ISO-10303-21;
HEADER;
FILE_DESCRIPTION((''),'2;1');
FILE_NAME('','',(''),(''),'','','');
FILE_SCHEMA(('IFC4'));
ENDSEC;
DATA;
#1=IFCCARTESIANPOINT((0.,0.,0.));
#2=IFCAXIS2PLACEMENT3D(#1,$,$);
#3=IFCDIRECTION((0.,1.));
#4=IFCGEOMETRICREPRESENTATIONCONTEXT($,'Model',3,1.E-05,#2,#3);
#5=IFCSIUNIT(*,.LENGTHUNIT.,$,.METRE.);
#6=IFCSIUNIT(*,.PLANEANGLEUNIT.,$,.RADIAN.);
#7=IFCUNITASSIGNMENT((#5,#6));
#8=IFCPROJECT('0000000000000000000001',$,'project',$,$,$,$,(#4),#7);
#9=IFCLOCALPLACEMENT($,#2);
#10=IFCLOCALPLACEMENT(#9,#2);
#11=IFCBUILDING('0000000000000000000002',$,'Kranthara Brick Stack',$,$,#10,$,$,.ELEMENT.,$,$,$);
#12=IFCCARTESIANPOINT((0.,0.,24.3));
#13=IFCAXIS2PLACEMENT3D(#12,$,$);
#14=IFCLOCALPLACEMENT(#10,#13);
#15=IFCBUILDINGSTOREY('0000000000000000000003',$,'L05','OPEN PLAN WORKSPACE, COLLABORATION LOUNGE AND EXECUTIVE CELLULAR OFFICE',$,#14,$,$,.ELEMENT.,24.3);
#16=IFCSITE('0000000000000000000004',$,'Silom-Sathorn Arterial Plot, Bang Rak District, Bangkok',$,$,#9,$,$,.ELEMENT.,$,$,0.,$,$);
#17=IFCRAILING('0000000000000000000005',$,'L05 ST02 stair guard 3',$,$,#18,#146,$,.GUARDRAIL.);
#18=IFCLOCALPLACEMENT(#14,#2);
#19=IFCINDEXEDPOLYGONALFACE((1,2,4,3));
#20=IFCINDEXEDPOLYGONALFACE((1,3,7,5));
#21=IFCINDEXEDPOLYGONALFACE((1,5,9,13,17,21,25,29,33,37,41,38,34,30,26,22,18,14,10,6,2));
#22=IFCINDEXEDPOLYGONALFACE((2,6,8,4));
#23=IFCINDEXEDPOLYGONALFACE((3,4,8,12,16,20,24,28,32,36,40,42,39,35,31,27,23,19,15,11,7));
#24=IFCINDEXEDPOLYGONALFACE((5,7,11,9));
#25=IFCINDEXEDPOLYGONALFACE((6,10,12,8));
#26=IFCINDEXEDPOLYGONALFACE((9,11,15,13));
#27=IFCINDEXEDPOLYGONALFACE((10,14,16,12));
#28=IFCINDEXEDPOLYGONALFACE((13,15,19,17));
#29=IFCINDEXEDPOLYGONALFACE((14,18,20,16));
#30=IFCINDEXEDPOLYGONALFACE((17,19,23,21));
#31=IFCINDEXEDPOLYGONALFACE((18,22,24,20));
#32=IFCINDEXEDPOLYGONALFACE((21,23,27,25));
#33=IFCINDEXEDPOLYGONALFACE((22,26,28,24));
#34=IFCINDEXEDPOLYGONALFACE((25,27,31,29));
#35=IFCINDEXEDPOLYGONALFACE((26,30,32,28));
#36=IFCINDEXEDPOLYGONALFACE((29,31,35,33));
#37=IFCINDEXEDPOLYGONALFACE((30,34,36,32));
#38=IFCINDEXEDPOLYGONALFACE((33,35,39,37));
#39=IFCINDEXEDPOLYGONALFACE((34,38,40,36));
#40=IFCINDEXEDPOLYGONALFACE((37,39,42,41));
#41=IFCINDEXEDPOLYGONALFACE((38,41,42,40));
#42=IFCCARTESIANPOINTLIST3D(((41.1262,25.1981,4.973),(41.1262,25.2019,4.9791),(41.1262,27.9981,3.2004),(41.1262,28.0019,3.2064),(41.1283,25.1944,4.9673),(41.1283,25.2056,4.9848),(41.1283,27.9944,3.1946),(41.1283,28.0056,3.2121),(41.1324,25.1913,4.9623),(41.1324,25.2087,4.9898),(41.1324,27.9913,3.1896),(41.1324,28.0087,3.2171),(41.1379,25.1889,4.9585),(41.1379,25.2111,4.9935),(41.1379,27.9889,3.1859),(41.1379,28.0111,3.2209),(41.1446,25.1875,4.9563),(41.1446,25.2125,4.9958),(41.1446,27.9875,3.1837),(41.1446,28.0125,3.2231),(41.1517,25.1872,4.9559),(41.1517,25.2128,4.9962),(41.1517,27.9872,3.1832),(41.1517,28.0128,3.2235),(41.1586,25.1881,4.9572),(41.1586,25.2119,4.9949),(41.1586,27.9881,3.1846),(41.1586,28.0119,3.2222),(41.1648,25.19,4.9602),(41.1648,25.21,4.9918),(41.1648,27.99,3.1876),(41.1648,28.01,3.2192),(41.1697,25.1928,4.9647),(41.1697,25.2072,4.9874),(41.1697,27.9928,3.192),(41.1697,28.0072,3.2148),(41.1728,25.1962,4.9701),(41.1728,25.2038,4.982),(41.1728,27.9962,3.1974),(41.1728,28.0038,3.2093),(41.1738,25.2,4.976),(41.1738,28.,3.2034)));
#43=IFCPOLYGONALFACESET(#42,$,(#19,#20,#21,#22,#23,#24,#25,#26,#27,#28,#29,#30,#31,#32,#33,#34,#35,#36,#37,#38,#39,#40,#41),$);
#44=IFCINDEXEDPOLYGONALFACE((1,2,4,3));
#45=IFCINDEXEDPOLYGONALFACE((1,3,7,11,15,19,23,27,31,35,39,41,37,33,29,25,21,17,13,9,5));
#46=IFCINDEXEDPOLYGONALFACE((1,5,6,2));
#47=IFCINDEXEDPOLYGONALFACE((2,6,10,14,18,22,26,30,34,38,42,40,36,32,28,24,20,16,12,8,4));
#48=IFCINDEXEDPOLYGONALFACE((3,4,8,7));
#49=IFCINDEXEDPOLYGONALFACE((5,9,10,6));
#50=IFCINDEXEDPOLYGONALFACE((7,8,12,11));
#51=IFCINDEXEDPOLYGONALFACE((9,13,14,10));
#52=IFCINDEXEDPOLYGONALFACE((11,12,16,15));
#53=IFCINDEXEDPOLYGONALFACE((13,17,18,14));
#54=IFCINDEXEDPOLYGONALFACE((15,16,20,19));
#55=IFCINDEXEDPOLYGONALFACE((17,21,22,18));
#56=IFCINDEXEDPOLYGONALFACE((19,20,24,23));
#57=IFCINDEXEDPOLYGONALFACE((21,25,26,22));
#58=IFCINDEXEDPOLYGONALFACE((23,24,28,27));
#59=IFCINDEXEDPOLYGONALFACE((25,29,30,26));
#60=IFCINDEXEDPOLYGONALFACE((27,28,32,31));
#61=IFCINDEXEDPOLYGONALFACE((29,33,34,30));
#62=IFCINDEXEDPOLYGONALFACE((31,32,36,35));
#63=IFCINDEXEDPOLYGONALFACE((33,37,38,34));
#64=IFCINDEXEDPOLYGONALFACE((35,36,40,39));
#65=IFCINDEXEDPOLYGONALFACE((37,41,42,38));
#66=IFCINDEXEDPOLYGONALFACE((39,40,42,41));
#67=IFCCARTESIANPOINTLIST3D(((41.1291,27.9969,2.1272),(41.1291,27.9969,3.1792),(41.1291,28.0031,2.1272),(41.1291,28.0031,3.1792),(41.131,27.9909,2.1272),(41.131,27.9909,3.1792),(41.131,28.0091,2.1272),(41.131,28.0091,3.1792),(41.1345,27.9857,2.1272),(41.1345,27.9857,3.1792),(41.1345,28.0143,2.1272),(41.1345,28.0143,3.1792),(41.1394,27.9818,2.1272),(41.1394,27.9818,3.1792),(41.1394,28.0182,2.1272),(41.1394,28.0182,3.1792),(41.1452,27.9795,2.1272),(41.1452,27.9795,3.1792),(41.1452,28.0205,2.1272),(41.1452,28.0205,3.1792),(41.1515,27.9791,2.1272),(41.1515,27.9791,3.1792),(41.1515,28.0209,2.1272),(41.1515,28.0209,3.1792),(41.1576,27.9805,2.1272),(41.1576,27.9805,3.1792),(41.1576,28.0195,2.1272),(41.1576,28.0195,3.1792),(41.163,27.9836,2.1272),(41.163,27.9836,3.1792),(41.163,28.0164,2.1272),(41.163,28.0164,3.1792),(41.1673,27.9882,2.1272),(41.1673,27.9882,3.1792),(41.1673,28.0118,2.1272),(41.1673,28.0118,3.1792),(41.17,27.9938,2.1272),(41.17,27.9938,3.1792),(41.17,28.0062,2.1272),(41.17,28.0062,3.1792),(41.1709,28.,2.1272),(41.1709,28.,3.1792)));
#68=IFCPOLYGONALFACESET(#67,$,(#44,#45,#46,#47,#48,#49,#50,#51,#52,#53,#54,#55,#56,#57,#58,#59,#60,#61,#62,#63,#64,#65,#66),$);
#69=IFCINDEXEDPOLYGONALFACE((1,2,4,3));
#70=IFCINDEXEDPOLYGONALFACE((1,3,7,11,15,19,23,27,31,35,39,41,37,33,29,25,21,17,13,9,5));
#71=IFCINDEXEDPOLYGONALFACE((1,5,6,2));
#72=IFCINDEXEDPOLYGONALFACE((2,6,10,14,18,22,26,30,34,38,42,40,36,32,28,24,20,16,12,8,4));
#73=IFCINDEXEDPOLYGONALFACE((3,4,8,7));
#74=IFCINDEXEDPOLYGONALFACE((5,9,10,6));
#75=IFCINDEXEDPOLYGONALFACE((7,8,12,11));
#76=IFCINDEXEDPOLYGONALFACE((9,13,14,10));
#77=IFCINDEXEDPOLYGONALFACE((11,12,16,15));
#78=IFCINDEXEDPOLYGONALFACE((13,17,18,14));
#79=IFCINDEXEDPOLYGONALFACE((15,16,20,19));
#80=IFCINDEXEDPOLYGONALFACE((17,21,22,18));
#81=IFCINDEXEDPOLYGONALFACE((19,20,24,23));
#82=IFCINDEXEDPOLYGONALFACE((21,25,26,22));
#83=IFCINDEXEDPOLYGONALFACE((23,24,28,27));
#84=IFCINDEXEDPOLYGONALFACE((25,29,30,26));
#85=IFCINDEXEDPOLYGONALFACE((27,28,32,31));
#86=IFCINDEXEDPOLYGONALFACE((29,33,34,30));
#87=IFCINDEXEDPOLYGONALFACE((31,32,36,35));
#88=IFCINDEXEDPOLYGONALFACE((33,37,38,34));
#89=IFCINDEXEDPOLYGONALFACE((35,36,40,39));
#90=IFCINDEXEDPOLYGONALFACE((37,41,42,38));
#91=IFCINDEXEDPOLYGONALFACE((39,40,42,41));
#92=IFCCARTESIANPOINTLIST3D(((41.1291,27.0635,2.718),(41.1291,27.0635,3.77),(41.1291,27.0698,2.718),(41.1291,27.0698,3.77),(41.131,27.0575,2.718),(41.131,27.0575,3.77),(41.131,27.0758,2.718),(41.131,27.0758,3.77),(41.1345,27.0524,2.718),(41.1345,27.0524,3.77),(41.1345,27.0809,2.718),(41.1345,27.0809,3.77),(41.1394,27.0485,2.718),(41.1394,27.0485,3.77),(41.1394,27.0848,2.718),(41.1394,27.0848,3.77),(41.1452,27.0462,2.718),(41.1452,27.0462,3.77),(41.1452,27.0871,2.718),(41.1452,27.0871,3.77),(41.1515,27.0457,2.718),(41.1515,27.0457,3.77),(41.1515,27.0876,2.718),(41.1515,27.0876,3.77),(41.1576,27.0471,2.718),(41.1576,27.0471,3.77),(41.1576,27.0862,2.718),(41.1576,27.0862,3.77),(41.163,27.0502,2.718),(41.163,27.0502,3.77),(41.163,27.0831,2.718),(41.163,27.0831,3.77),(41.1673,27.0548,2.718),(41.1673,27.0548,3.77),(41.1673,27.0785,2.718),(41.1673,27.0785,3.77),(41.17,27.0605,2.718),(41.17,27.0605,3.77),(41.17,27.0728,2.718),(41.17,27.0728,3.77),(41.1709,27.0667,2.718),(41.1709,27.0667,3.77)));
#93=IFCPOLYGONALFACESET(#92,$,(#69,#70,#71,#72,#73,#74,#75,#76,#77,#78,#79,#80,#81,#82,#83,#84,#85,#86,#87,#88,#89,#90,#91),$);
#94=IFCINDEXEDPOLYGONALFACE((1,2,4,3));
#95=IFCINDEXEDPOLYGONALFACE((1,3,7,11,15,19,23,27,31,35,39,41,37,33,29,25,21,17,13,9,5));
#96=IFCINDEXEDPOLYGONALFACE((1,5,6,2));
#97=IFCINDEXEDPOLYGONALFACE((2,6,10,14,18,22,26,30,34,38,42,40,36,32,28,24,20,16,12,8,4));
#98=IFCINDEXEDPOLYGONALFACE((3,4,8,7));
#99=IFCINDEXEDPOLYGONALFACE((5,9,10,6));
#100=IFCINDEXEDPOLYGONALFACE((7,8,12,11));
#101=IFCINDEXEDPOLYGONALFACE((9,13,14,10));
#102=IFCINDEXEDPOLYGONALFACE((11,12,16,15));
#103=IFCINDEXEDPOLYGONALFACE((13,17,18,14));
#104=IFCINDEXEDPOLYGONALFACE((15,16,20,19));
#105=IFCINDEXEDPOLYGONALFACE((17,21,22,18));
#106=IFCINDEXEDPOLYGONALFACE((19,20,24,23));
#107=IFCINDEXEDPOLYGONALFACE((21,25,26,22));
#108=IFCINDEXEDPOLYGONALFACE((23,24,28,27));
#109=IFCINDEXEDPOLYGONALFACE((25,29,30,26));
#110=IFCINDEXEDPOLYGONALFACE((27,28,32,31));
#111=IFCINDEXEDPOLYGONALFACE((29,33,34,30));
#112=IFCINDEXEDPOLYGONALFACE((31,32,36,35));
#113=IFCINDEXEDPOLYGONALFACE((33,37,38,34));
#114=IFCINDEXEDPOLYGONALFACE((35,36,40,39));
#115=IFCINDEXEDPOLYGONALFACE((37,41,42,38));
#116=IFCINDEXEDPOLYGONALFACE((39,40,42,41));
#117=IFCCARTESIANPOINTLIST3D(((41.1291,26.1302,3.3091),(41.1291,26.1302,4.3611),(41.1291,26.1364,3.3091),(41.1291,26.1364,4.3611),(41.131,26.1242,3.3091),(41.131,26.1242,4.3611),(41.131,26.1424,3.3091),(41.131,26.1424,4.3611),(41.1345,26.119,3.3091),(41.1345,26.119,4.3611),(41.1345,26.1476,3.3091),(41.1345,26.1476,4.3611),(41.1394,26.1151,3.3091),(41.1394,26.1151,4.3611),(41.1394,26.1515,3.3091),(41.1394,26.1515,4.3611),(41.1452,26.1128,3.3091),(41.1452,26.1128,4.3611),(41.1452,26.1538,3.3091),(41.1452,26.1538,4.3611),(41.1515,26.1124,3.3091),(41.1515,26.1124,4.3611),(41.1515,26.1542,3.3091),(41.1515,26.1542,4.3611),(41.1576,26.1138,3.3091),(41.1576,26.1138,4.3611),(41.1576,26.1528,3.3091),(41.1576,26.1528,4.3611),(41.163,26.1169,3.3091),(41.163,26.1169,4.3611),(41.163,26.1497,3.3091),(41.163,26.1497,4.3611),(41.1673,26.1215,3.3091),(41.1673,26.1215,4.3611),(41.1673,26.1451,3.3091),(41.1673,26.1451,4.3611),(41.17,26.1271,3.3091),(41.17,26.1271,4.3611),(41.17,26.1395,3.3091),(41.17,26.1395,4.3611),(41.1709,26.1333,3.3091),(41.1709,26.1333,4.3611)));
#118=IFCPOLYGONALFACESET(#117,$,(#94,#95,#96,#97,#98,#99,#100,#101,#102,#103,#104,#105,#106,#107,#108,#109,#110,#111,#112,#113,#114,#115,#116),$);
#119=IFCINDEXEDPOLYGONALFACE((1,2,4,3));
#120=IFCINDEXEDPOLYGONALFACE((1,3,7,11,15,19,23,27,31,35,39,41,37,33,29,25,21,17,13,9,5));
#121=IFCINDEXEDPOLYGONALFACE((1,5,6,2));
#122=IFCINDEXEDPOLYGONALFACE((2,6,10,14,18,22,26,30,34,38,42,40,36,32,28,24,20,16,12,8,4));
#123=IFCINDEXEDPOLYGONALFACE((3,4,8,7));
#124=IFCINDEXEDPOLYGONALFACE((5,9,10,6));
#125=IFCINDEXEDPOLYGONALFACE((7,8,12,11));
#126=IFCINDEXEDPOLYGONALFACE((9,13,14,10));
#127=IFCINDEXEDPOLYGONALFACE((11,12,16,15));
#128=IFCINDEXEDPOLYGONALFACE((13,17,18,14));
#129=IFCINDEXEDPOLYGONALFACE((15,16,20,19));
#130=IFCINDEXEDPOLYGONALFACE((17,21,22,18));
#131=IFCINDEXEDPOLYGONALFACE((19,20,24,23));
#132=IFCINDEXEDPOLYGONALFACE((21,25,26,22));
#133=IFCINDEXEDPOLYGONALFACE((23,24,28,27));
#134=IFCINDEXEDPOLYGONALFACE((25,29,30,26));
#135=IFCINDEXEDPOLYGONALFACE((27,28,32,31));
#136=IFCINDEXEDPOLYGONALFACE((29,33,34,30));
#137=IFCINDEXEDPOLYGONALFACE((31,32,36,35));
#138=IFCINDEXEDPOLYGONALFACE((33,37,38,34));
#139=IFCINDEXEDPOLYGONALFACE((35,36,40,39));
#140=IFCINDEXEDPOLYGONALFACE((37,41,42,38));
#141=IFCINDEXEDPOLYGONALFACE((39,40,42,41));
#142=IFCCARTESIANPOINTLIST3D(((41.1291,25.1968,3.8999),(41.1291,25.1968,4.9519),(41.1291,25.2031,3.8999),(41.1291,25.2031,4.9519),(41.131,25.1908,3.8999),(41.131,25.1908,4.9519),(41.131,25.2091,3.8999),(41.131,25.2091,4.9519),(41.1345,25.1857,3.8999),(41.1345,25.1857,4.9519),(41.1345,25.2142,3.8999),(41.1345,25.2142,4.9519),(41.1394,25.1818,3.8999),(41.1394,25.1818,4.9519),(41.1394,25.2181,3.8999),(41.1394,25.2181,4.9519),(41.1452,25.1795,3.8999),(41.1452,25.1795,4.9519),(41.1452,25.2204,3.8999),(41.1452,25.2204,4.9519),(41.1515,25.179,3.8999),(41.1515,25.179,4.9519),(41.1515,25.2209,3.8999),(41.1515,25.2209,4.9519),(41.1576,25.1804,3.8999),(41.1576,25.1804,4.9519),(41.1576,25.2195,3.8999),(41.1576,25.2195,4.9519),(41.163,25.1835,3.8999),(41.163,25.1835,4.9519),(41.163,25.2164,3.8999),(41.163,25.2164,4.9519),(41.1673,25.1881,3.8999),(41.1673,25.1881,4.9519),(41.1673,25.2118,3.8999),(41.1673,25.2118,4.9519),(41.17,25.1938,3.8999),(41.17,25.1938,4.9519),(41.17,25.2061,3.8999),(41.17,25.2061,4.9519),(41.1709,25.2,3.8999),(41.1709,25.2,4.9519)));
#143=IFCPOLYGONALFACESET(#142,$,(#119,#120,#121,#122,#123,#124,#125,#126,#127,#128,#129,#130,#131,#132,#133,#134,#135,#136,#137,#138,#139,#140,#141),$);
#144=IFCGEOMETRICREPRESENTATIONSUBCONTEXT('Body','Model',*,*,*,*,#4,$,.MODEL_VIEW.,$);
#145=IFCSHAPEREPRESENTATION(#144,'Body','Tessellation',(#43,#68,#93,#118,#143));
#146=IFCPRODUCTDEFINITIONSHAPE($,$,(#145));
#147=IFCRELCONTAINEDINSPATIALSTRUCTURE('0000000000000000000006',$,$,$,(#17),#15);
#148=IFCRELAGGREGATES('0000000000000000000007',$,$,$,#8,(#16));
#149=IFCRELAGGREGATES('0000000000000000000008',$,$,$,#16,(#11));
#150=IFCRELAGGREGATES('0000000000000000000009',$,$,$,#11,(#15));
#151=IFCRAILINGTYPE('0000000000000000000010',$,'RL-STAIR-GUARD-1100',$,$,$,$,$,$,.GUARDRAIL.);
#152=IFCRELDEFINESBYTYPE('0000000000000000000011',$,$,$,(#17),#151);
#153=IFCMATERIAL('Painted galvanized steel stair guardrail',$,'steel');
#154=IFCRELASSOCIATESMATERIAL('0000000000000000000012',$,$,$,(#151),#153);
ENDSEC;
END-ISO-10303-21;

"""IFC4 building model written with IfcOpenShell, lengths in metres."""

from ifc_helpers import new_model, si_unit, direction, frame, origin, origin_2d, place, context, subcontext, project, spatial, circle, extrude, material, type_object, element, save


model = new_model("IFC4")

# Units and contexts
model_context = context("Model", 3, precision=1e-05, world=origin(), true_north=direction((0.0, 1.0)))
body_context = subcontext(model_context, "Body", "Model", "MODEL_VIEW")
ifc_project = project(units=[si_unit("LENGTHUNIT", "METRE"), si_unit("PLANEANGLEUNIT", "RADIAN")], contexts=[model_context])

# Site, building, storey
site_placement = place(None, origin())
site = spatial("IfcSite", under=ifc_project, at=site_placement, Name="Silom-Sathorn Arterial Plot, Bang Rak District, Bangkok", CompositionType="ELEMENT", RefElevation=0.0)
building_placement = place(site_placement, origin())
building = spatial("IfcBuilding", under=site, at=building_placement, Name="Kranthara Brick Stack", CompositionType="ELEMENT")
storey_placement = place(building_placement, frame((0.0, 0.0, 24.3)))
storey = spatial("IfcBuildingStorey", under=building, at=storey_placement, Name="L05", Description="OPEN PLAN WORKSPACE, COLLABORATION LOUNGE AND EXECUTIVE CELLULAR OFFICE", CompositionType="ELEMENT", Elevation=24.3)

# Railing
ifc_material_1 = material(Name="Painted galvanized steel stair guardrail", Category="steel")
railing_type_1 = type_object("IfcRailingType", Name="RL-STAIR-GUARD-1100", PredefinedType="GUARDRAIL", material=ifc_material_1)
railing_1_placement = place(storey_placement, frame((41.1499, 28.0, 2.1272)))
element("IfcRailing", 1, at=railing_1_placement, inside=storey, type_object=railing_type_1, Name="L05 ST02 stair guard 3", PredefinedType="GUARDRAIL", context=body_context, shape_type="SweptSolid", body=[
    extrude(circle(Radius=0.0239, at=origin_2d()), frame((0.0, 0.0, 1.0762), z_axis=(0.0, -0.844909, 0.53491), x_axis=(1.0, 0.0, 0.0)), (0.0, 0.0, 1.0), 3.314),
    extrude(circle(Radius=0.021, at=origin_2d()), origin(), (0.0, 0.0, 1.0), 1.052),
    extrude(circle(Radius=0.021, at=origin_2d()), frame((0.0, -0.9333, 0.5908)), (0.0, 0.0, 1.0), 1.052),
    extrude(circle(Radius=0.021, at=origin_2d()), frame((0.0, -1.8667, 1.1819)), (0.0, 0.0, 1.0), 1.052),
    extrude(circle(Radius=0.021, at=origin_2d()), frame((0.0, -2.8, 1.7727)), (0.0, 0.0, 1.0), 1.052),
])

save(model, "model.ifc")
